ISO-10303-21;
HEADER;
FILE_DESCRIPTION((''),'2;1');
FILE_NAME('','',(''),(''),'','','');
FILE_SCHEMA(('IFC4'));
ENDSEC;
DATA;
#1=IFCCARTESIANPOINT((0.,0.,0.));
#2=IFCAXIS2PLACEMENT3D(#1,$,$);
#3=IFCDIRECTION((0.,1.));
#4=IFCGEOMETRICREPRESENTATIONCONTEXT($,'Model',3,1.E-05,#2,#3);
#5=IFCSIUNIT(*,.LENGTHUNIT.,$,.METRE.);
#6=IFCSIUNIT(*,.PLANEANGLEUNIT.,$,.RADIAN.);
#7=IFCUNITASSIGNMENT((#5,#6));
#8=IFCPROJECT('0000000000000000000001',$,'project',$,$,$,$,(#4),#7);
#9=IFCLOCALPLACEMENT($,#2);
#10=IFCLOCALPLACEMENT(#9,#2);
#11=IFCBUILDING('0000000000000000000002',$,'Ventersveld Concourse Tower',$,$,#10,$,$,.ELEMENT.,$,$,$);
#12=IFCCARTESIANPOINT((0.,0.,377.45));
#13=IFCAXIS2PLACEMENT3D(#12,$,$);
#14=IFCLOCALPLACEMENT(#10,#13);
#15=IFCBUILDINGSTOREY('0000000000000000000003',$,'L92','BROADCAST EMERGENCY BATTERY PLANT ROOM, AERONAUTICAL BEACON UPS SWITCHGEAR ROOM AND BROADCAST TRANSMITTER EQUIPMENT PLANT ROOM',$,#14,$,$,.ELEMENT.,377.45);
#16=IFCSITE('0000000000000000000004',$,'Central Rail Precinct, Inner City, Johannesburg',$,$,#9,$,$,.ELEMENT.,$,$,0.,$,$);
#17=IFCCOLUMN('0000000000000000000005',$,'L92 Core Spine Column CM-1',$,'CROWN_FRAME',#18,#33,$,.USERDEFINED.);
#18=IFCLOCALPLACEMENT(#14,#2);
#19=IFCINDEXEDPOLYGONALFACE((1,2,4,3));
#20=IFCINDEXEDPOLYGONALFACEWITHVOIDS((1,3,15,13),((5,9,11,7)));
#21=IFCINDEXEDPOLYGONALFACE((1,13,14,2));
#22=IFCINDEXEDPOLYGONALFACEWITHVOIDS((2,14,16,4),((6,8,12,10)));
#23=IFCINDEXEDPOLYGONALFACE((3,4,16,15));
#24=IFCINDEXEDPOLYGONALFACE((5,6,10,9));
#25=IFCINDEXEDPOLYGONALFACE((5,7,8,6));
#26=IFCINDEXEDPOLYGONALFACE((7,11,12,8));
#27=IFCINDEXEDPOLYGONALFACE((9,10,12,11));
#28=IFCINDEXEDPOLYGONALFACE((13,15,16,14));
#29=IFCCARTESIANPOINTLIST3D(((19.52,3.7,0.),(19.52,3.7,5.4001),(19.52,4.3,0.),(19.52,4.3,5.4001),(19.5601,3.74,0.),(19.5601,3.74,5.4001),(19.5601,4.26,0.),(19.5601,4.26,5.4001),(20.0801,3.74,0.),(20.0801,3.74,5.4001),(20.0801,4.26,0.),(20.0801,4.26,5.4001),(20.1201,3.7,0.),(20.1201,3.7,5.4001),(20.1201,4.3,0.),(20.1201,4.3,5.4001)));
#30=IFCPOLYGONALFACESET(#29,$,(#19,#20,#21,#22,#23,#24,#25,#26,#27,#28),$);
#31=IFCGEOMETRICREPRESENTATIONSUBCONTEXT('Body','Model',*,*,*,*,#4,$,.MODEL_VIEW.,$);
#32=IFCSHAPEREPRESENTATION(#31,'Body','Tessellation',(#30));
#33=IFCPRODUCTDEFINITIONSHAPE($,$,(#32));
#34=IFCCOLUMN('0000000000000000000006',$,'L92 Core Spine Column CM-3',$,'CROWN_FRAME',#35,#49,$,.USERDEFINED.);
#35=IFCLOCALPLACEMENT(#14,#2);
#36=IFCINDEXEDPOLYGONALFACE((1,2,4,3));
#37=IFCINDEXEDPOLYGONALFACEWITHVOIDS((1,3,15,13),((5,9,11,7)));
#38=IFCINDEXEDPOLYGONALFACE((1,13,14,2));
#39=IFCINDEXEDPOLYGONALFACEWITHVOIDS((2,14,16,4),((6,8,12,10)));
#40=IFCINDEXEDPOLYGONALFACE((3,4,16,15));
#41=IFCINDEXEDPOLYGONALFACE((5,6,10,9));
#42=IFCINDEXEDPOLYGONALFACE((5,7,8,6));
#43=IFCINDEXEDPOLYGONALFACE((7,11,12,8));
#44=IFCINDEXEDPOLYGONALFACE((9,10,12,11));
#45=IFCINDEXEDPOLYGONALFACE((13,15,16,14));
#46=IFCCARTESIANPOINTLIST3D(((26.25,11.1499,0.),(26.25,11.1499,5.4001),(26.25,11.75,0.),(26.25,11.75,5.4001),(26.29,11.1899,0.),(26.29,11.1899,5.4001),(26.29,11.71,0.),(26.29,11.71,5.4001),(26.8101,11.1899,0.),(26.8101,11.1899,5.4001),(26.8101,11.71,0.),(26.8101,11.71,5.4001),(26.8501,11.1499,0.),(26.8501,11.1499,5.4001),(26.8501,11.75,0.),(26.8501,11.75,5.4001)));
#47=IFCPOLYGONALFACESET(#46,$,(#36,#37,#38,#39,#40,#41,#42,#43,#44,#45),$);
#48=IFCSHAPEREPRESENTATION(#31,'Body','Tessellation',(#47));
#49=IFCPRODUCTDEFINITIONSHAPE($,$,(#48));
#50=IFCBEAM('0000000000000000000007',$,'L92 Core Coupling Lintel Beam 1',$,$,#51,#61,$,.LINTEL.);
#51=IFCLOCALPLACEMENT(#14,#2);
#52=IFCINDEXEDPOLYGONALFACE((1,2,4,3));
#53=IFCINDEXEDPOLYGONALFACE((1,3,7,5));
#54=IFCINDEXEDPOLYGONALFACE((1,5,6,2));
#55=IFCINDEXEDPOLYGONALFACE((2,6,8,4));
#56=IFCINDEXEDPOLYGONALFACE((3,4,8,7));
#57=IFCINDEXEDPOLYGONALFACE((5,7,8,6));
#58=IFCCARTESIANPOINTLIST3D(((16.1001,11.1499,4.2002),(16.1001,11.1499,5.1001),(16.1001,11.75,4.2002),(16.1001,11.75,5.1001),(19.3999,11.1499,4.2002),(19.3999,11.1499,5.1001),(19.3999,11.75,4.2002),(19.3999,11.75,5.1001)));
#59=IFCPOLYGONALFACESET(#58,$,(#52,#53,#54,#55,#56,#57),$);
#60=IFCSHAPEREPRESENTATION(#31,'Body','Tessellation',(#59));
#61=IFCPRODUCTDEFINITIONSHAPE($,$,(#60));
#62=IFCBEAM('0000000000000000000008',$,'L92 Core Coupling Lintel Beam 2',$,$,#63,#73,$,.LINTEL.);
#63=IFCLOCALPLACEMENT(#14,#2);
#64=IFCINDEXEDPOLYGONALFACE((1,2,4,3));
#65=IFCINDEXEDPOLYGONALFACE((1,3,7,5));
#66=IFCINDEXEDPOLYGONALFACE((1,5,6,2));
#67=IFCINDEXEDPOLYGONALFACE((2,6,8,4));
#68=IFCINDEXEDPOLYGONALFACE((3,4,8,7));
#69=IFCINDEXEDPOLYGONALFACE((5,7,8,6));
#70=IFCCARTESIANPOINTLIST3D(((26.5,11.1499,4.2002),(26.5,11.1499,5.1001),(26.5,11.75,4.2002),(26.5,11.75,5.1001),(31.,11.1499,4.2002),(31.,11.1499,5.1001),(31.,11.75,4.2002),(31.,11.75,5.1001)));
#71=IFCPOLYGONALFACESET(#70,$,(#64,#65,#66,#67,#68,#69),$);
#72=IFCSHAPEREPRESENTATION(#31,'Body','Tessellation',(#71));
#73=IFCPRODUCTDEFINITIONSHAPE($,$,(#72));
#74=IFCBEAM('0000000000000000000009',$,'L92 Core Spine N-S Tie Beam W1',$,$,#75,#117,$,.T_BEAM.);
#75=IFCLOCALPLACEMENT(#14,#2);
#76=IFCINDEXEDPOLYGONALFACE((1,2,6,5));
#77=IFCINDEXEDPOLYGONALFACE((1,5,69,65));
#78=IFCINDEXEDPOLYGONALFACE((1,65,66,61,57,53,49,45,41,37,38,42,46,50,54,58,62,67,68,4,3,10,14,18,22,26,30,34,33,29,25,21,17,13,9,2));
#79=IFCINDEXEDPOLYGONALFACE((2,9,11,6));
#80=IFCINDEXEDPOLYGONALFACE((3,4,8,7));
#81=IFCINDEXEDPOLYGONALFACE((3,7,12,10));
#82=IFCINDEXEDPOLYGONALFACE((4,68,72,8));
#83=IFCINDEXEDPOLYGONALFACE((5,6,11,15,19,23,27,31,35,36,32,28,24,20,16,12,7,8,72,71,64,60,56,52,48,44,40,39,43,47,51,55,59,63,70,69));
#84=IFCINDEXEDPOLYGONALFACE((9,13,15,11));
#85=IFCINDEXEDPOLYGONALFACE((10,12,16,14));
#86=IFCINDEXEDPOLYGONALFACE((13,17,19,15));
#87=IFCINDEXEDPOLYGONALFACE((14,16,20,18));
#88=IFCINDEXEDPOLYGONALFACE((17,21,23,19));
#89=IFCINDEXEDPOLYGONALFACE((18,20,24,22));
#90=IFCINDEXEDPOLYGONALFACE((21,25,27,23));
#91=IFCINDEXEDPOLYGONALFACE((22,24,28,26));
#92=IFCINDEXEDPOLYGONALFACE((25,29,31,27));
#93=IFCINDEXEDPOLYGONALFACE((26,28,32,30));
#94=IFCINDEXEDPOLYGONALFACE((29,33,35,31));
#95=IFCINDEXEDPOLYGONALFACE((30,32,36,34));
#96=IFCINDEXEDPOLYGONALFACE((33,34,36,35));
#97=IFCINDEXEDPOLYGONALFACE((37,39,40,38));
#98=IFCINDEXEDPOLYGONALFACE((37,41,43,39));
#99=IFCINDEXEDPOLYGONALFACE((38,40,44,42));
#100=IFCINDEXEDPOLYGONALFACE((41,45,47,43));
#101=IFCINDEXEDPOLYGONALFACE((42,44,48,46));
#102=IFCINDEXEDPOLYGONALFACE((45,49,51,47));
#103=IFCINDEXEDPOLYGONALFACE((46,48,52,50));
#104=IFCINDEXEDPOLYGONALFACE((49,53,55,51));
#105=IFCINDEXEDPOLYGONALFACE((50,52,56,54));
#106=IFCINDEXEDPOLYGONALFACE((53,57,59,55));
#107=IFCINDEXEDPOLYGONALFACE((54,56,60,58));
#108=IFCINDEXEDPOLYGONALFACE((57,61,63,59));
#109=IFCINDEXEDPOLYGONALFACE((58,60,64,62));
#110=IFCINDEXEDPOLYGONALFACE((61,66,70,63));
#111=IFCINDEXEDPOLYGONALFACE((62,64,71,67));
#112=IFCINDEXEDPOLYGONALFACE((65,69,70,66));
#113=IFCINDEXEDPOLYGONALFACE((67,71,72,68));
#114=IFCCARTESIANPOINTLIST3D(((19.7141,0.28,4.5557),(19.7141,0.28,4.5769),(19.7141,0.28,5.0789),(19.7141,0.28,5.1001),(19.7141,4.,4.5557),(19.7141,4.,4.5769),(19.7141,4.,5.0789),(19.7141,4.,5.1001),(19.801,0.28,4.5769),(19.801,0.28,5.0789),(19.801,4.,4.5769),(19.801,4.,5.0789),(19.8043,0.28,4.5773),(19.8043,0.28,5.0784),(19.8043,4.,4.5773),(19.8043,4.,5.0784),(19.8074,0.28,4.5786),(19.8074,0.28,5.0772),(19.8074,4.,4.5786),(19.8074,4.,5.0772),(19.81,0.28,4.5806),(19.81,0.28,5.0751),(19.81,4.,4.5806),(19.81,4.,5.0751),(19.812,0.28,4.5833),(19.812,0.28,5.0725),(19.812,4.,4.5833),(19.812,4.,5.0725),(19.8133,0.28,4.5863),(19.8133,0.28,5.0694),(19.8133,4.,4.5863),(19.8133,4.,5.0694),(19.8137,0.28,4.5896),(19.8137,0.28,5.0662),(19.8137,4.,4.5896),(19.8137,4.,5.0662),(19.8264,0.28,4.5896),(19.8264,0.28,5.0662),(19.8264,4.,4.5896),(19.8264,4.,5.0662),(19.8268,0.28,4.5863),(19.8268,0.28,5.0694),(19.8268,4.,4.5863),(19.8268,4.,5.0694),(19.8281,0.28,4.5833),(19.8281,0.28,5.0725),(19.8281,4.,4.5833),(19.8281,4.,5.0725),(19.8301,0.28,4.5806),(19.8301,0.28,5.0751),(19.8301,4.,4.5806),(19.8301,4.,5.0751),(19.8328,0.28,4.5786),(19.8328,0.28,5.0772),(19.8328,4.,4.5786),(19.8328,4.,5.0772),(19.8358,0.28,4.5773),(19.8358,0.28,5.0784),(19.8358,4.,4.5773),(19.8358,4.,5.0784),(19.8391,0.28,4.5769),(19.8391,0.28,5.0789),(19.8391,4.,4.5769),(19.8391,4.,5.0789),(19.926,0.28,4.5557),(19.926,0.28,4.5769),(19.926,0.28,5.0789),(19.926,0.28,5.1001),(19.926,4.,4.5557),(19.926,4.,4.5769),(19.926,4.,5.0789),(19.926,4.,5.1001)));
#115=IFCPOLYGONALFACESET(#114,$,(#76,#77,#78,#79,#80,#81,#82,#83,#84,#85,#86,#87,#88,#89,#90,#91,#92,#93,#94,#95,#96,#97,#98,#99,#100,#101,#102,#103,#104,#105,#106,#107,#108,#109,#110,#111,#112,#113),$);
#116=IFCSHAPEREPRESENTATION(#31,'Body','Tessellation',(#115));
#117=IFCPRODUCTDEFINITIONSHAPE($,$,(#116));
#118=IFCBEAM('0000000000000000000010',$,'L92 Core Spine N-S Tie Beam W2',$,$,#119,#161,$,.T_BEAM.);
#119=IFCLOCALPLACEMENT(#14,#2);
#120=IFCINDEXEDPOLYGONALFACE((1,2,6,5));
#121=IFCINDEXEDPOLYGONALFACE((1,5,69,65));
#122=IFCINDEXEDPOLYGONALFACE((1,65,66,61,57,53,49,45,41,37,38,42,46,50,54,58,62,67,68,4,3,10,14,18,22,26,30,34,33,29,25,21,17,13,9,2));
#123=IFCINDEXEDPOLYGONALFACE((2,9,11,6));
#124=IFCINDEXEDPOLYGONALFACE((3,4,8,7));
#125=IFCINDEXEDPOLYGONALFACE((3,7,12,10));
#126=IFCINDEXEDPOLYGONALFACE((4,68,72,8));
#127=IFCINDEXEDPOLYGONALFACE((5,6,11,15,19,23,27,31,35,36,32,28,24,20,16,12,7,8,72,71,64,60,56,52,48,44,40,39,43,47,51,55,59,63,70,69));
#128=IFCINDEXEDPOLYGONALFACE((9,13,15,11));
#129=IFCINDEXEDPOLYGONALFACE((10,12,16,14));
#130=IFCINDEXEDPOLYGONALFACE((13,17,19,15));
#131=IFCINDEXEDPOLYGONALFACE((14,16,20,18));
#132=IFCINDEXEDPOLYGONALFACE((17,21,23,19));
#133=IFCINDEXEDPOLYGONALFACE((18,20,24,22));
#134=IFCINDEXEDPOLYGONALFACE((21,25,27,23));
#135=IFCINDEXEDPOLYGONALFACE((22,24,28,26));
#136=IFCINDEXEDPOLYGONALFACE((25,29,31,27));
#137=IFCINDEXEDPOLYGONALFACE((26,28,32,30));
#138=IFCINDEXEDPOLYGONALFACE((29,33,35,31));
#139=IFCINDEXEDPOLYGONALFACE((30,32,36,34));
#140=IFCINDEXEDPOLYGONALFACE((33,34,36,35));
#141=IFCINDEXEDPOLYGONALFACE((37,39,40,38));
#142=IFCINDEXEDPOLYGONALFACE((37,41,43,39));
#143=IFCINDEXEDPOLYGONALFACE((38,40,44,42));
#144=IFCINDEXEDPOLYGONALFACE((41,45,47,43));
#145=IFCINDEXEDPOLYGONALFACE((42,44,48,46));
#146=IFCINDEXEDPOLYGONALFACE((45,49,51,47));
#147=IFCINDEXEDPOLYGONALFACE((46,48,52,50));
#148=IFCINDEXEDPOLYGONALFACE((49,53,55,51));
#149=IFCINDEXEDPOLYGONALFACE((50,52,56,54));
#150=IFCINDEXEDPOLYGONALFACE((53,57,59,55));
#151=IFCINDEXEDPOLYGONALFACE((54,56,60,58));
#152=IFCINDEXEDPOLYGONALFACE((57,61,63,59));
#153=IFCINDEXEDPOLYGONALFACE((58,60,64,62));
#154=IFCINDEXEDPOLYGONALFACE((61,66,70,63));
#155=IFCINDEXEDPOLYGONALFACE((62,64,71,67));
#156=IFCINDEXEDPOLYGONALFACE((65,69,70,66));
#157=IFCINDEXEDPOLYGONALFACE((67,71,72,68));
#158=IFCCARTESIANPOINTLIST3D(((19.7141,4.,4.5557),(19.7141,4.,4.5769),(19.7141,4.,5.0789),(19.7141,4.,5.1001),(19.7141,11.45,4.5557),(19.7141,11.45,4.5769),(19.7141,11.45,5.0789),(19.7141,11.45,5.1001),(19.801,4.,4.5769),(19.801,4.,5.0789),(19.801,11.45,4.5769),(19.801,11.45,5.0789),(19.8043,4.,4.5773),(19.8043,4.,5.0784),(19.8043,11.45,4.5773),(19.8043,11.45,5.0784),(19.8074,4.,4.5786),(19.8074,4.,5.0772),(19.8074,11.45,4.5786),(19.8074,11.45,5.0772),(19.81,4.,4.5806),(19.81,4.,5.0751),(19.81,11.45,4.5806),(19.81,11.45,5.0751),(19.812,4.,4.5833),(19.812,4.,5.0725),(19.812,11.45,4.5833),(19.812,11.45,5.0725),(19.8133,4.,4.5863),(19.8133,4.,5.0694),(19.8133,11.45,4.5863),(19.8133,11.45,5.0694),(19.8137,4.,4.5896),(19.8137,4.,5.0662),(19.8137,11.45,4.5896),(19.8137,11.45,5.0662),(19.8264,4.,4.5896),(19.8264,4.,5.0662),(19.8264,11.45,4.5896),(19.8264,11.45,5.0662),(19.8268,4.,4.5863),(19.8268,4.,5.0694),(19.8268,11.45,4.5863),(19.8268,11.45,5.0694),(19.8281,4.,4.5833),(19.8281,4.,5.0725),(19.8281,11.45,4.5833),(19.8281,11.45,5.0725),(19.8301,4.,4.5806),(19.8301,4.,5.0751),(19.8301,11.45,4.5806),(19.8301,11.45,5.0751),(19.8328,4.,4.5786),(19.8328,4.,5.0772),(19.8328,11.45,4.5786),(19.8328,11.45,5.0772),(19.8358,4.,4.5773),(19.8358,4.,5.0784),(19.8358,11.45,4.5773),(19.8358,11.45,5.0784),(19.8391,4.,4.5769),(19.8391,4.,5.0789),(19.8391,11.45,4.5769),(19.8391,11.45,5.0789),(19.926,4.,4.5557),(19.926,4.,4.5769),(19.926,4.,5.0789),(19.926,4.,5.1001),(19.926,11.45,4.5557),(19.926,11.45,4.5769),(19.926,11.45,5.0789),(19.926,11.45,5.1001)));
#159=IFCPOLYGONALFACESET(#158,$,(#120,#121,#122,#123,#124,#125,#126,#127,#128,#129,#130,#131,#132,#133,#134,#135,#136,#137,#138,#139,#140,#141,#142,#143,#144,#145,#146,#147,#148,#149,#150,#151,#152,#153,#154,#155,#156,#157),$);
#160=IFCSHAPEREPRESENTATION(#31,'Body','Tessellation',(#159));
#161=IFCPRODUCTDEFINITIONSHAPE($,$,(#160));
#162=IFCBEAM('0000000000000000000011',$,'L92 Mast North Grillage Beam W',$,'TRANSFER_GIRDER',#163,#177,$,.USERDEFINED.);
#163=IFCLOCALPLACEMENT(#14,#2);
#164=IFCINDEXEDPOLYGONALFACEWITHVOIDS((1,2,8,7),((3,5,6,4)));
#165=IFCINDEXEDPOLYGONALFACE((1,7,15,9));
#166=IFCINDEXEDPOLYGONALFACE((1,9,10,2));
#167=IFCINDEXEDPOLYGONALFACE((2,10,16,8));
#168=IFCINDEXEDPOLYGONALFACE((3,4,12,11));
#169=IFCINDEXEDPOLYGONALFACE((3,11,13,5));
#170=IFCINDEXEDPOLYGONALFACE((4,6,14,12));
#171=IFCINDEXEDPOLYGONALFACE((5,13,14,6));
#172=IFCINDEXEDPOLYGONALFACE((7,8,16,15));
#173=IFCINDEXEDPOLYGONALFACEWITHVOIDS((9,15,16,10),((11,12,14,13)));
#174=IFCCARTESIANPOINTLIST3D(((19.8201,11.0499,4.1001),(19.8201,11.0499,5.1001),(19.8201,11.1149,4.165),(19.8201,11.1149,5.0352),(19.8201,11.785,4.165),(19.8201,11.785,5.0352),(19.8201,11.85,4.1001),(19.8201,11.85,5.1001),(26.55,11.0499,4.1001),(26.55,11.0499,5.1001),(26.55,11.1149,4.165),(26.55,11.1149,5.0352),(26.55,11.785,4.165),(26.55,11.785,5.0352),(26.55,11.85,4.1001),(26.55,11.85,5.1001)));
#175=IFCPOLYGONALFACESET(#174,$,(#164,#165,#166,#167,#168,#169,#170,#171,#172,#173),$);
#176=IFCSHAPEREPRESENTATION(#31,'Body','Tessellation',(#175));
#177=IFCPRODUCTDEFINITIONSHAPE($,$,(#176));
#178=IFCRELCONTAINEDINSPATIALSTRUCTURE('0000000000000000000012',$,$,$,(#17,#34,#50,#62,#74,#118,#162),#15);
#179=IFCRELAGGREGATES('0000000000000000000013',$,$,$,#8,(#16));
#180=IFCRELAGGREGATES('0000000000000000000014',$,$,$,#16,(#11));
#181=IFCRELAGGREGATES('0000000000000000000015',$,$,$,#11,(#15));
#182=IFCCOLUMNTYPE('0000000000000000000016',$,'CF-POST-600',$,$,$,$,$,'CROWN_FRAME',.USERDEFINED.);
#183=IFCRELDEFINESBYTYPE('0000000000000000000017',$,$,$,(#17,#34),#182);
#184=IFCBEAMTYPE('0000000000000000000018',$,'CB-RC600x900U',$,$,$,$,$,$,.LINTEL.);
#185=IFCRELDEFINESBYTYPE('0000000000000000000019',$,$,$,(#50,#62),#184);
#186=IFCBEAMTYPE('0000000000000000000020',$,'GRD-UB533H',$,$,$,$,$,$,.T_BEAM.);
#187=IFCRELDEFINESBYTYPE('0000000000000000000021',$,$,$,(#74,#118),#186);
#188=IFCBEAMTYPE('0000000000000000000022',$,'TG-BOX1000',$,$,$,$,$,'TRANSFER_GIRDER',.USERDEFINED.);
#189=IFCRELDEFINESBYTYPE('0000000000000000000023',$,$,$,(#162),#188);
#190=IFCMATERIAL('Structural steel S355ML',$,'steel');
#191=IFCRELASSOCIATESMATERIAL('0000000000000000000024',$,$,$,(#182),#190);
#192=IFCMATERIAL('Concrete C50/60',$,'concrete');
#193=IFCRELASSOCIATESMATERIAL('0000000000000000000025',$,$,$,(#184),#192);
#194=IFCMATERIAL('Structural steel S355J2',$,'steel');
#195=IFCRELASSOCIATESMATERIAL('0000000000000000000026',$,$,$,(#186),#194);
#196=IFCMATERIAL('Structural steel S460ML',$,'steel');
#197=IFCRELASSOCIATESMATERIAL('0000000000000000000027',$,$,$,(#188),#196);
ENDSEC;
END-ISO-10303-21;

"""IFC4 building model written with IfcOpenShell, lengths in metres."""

from ifc_helpers import new_model, si_unit, direction, frame, origin, origin_2d, place, context, subcontext, project, spatial, rectangle, hollow_rectangle, i_section, extrude, material, material_profile, profile_set, type_object, element, save


model = new_model("IFC4")

# Units and contexts
model_context = context("Model", 3, precision=1e-05, world=origin(), true_north=direction((0.0, 1.0)))
body_context = subcontext(model_context, "Body", "Model", "MODEL_VIEW")
ifc_project = project(units=[si_unit("LENGTHUNIT", "METRE"), si_unit("PLANEANGLEUNIT", "RADIAN")], contexts=[model_context])

# Site, building, storey
site_placement = place(None, origin())
site = spatial("IfcSite", under=ifc_project, at=site_placement, Name="Central Rail Precinct, Inner City, Johannesburg", CompositionType="ELEMENT", RefElevation=0.0)
building_placement = place(site_placement, origin())
building = spatial("IfcBuilding", under=site, at=building_placement, Name="Ventersveld Concourse Tower", CompositionType="ELEMENT")
storey_placement = place(building_placement, frame((0.0, 0.0, 377.45)))
storey = spatial("IfcBuildingStorey", under=building, at=storey_placement, Name="L92", Description="BROADCAST EMERGENCY BATTERY PLANT ROOM, AERONAUTICAL BEACON UPS SWITCHGEAR ROOM AND BROADCAST TRANSMITTER EQUIPMENT PLANT ROOM", CompositionType="ELEMENT", Elevation=377.45)

# Columns
ifc_material_1 = material(Name="Structural steel S355ML", Category="steel")
ifc_material_profile_1 = material_profile(ifc_material_1, hollow_rectangle(XDim=0.6001, YDim=0.6001, WallThickness=0.04, at=origin_2d()), Name="BOX 600x600x40")
ifc_profile_set_1 = profile_set([ifc_material_profile_1], Name="Structural steel S355ML")
column_type = type_object("IfcColumnType", Name="CF-POST-600", ElementType="CROWN_FRAME", PredefinedType="USERDEFINED", material=ifc_profile_set_1)
for number, where, z_axis, x_axis, name in (
    (1, (19.8201, 4.0, 0.0), (0.0, 0.0, 1.0), (1.0, 0.0, 0.0), "L92 Core Spine Column CM-1"),
    (2, (26.55, 11.45, 0.0), (0.0, 0.0, 1.0), (1.0, 0.0, 0.0), "L92 Core Spine Column CM-3"),
):
    element("IfcColumn", number, at=place(storey_placement, frame(where, z_axis=z_axis, x_axis=x_axis)), inside=storey, type_object=column_type, Name=name, ObjectType="CROWN_FRAME", PredefinedType="USERDEFINED", context=body_context, shape_type="SweptSolid", body=[
        extrude(hollow_rectangle(XDim=0.6001, YDim=0.6001, WallThickness=0.04, at=origin_2d()), origin(), (0.0, 0.0, 1.0), 5.4001),
    ])

# Beams
ifc_material_2 = material(Name="Concrete C50/60", Category="concrete")
ifc_material_profile_2 = material_profile(ifc_material_2, rectangle(XDim=0.6001, YDim=0.8999, at=origin_2d()), Name="RC 600x900")
ifc_profile_set_2 = profile_set([ifc_material_profile_2], Name="Concrete C50/60")
beam_type_1 = type_object("IfcBeamType", Name="CB-RC600x900U", PredefinedType="LINTEL", material=ifc_profile_set_2)
beam_1_placement = place(storey_placement, frame((16.1001, 11.45, 4.6501), z_axis=(1.0, 0.0, 0.0), x_axis=(0.0, 1.0, 0.0)))
element("IfcBeam", 3, at=beam_1_placement, inside=storey, type_object=beam_type_1, Name="L92 Core Coupling Lintel Beam 1", PredefinedType="LINTEL", context=body_context, shape_type="SweptSolid", body=[
    extrude(rectangle(XDim=0.6001, YDim=0.8999, at=origin_2d()), origin(), (0.0, 0.0, 1.0), 3.2998),
])
beam_2_placement = place(storey_placement, frame((26.5, 11.45, 4.6501), z_axis=(1.0, 0.0, 0.0), x_axis=(0.0, 1.0, 0.0)))
element("IfcBeam", 4, at=beam_2_placement, inside=storey, type_object=beam_type_1, Name="L92 Core Coupling Lintel Beam 2", PredefinedType="LINTEL", context=body_context, shape_type="SweptSolid", body=[
    extrude(rectangle(XDim=0.6001, YDim=0.8999, at=origin_2d()), origin(), (0.0, 0.0, 1.0), 4.5),
])
ifc_material_3 = material(Name="Structural steel S355J2", Category="steel")
ifc_material_profile_3 = material_profile(ifc_material_3, i_section(OverallWidth=0.2119, OverallDepth=0.5444, WebThickness=0.0127, FlangeThickness=0.0212, FilletRadius=0.0127, at=origin_2d()), Name="UB 533x210x122")
ifc_profile_set_3 = profile_set([ifc_material_profile_3], Name="Structural steel S355J2")
beam_type_2 = type_object("IfcBeamType", Name="GRD-UB533H", PredefinedType="T_BEAM", material=ifc_profile_set_3)
beam_3_placement = place(storey_placement, frame((19.8201, 0.28, 4.8279), z_axis=(0.0, 1.0, 0.0), x_axis=(-1.0, 0.0, 0.0)))
element("IfcBeam", 5, at=beam_3_placement, inside=storey, type_object=beam_type_2, Name="L92 Core Spine N-S Tie Beam W1", PredefinedType="T_BEAM", context=body_context, shape_type="SweptSolid", body=[
    extrude(i_section(OverallWidth=0.2119, OverallDepth=0.5444, WebThickness=0.0127, FlangeThickness=0.0212, FilletRadius=0.0127, at=origin_2d()), origin(), (0.0, 0.0, 1.0), 3.72),
])
beam_4_placement = place(storey_placement, frame((19.8201, 4.0, 4.8279), z_axis=(0.0, 1.0, 0.0), x_axis=(-1.0, 0.0, 0.0)))
element("IfcBeam", 6, at=beam_4_placement, inside=storey, type_object=beam_type_2, Name="L92 Core Spine N-S Tie Beam W2", PredefinedType="T_BEAM", context=body_context, shape_type="SweptSolid", body=[
    extrude(i_section(OverallWidth=0.2119, OverallDepth=0.5444, WebThickness=0.0127, FlangeThickness=0.0212, FilletRadius=0.0127, at=origin_2d()), origin(), (0.0, 0.0, 1.0), 7.45),
])
ifc_material_4 = material(Name="Structural steel S460ML", Category="steel")
ifc_material_profile_4 = material_profile(ifc_material_4, hollow_rectangle(XDim=0.8, YDim=1.0, WallThickness=0.0649, at=origin_2d()), Name="BOX 1000x800x65")
ifc_profile_set_4 = profile_set([ifc_material_profile_4], Name="Structural steel S460ML")
beam_type_3 = type_object("IfcBeamType", Name="TG-BOX1000", ElementType="TRANSFER_GIRDER", PredefinedType="USERDEFINED", material=ifc_profile_set_4)
beam_5_placement = place(storey_placement, frame((19.8201, 11.45, 4.6001), z_axis=(1.0, 0.0, 0.0), x_axis=(0.0, 1.0, 0.0)))
element("IfcBeam", 7, at=beam_5_placement, inside=storey, type_object=beam_type_3, Name="L92 Mast North Grillage Beam W", ObjectType="TRANSFER_GIRDER", PredefinedType="USERDEFINED", context=body_context, shape_type="SweptSolid", body=[
    extrude(hollow_rectangle(XDim=0.8, YDim=1.0, WallThickness=0.0649, at=origin_2d()), origin(), (0.0, 0.0, 1.0), 6.73),
])

save(model, "model.ifc")
